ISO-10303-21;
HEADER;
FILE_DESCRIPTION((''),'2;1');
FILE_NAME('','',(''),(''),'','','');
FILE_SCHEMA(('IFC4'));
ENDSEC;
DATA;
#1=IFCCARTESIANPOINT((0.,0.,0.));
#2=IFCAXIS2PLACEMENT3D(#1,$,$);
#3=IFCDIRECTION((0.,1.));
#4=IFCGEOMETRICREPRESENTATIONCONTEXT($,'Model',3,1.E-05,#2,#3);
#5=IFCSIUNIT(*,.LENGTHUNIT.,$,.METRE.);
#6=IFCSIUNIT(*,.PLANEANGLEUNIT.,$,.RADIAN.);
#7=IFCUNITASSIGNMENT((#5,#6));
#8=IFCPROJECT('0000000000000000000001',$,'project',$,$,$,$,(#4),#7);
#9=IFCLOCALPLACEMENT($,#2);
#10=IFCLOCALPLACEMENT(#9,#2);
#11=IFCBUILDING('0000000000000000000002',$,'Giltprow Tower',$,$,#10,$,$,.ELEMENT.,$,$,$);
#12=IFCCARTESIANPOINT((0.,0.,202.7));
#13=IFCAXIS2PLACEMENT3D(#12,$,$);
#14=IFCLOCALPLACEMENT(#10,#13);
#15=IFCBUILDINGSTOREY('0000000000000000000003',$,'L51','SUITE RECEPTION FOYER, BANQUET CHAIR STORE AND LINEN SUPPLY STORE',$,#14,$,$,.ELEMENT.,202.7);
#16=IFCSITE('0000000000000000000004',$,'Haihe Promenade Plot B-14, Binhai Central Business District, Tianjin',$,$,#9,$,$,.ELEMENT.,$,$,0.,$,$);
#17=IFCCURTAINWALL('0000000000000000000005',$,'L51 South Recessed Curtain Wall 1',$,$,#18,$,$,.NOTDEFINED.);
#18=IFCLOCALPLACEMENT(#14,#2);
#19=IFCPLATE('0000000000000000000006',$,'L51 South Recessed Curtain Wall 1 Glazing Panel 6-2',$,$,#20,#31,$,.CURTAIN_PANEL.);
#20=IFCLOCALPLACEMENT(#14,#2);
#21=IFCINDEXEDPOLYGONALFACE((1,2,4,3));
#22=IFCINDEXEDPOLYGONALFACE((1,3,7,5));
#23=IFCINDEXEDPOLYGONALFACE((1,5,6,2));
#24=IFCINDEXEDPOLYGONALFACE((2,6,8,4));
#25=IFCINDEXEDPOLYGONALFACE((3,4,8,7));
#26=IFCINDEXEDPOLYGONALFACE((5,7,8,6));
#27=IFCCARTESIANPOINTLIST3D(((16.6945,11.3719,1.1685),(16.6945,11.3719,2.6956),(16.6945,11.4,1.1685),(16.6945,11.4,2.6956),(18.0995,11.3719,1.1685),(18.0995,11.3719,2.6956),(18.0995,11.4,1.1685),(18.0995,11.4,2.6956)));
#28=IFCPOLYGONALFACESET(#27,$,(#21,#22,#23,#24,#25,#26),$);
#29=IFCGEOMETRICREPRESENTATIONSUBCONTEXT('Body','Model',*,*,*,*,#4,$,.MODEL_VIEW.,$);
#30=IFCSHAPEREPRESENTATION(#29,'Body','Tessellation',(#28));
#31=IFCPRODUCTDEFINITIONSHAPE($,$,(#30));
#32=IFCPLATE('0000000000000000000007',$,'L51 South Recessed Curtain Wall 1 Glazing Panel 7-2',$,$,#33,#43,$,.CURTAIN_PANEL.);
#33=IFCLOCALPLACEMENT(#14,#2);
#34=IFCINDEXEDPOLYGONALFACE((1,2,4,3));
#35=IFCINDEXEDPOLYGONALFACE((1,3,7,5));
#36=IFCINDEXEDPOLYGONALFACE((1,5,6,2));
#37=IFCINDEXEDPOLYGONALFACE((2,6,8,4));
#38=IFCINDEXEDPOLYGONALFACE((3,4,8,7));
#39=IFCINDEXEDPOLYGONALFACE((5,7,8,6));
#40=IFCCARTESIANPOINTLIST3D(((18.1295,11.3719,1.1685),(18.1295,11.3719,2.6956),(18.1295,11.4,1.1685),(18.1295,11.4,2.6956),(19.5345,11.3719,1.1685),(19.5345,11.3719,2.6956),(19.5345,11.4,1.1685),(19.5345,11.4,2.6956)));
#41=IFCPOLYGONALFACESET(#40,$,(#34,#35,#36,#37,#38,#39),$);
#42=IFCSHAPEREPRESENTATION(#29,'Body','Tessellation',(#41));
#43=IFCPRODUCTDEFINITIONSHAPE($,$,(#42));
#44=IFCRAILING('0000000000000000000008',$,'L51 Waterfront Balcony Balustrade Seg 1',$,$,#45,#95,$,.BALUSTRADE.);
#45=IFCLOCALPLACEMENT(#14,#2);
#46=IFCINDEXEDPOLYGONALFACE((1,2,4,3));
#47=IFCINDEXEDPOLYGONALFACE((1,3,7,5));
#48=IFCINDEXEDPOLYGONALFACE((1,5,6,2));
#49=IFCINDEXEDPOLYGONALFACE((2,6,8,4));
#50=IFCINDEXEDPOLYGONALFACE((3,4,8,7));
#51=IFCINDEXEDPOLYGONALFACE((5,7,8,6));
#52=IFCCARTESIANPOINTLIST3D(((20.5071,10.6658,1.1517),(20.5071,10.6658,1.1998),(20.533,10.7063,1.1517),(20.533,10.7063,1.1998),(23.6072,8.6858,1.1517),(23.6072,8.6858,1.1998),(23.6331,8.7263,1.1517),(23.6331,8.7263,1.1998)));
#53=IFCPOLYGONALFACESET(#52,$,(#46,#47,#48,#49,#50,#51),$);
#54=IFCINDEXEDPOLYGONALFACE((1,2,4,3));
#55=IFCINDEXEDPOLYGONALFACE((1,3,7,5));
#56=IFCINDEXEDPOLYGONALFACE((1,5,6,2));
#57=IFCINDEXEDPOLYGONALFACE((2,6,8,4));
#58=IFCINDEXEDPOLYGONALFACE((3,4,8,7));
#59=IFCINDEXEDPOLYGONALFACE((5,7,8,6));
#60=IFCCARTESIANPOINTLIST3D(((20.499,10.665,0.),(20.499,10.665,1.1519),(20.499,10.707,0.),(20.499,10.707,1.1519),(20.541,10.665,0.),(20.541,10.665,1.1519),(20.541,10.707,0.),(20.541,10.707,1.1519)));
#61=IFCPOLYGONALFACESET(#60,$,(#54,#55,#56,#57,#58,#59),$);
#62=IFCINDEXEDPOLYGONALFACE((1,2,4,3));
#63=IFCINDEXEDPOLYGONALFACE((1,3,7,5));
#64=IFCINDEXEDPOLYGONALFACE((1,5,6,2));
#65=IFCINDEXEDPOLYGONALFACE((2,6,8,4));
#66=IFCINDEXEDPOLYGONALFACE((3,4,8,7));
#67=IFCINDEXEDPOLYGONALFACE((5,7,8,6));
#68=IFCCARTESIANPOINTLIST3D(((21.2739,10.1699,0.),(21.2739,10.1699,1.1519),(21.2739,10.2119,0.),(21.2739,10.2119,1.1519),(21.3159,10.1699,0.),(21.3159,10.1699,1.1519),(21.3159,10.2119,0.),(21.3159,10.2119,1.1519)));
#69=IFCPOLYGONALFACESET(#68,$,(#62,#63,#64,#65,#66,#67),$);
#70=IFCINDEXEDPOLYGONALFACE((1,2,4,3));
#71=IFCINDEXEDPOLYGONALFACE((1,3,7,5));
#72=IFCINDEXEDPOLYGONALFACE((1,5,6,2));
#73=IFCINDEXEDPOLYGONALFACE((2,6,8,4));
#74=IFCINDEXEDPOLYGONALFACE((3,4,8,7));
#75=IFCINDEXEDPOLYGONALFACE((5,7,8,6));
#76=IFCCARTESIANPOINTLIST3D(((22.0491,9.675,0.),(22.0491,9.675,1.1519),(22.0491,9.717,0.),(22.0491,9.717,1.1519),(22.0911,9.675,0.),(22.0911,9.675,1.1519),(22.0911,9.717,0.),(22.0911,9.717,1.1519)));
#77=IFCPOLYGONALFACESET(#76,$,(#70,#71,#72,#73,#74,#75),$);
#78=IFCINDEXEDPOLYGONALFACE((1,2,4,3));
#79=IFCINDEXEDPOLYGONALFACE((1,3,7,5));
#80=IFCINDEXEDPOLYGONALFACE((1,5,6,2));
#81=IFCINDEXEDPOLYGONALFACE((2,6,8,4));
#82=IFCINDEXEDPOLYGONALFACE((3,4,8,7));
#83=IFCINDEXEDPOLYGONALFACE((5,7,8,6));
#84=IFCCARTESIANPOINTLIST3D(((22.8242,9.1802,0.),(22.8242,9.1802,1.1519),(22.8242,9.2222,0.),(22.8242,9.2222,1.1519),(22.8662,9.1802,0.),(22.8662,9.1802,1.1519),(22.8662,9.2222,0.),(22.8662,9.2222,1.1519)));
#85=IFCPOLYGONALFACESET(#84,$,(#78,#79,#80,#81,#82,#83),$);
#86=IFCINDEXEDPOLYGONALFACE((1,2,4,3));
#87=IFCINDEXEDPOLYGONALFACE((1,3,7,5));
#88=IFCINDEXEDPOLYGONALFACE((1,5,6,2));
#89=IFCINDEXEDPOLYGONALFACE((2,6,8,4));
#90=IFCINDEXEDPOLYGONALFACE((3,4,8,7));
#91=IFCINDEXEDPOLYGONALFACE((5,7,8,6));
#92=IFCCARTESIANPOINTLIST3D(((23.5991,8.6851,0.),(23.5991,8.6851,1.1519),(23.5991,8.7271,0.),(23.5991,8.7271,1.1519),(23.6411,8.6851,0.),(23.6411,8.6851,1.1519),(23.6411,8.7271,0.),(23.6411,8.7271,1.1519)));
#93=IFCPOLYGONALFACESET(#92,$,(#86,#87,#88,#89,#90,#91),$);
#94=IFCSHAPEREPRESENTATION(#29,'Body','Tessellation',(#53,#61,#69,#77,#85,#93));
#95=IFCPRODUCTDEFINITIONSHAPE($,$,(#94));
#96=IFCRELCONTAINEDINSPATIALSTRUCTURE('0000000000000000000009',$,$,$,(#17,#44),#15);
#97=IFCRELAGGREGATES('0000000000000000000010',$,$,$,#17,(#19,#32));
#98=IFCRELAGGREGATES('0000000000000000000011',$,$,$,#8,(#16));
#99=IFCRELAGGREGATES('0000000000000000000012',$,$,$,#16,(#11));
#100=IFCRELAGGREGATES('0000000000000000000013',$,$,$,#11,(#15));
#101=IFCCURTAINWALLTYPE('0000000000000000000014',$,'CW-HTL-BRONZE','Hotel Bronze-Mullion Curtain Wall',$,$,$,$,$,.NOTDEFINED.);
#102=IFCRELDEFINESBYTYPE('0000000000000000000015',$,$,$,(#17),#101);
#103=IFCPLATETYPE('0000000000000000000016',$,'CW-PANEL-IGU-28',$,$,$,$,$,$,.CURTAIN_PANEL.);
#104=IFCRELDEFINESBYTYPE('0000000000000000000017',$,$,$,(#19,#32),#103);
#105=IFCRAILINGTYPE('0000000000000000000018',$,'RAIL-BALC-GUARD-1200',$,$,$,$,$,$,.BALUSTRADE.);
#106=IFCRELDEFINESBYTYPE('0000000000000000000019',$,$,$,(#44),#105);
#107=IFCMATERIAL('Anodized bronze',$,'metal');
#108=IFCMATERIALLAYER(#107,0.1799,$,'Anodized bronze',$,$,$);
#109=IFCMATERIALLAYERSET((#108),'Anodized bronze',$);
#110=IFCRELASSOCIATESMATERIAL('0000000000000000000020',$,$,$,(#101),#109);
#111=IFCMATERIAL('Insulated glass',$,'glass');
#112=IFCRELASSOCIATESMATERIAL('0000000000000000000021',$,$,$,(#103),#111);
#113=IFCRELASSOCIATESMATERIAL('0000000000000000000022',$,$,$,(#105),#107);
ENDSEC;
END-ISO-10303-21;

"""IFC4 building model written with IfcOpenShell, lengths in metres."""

from ifc_helpers import new_model, si_unit, direction, frame, origin, origin_2d, place, context, subcontext, project, spatial, rectangle, extrude, source, transform, mapped, material, layer, layer_set, type_object, element, aggregate, save


model = new_model("IFC4")

# Units and contexts
model_context = context("Model", 3, precision=1e-05, world=origin(), true_north=direction((0.0, 1.0)))
body_context = subcontext(model_context, "Body", "Model", "MODEL_VIEW")
ifc_project = project(units=[si_unit("LENGTHUNIT", "METRE"), si_unit("PLANEANGLEUNIT", "RADIAN")], contexts=[model_context])

# Site, building, storey
site_placement = place(None, origin())
site = spatial("IfcSite", under=ifc_project, at=site_placement, Name="Haihe Promenade Plot B-14, Binhai Central Business District, Tianjin", CompositionType="ELEMENT", RefElevation=0.0)
building_placement = place(site_placement, origin())
building = spatial("IfcBuilding", under=site, at=building_placement, Name="Giltprow Tower", CompositionType="ELEMENT")
storey_placement = place(building_placement, frame((0.0, 0.0, 202.7)))
storey = spatial("IfcBuildingStorey", under=building, at=storey_placement, Name="L51", Description="SUITE RECEPTION FOYER, BANQUET CHAIR STORE AND LINEN SUPPLY STORE", CompositionType="ELEMENT", Elevation=202.7)

# Curtain wall, plates
ifc_material_1 = material(Name="Anodized bronze", Category="metal")
ifc_layer = layer(ifc_material_1, 0.1799, Name="Anodized bronze")
ifc_layer_set = layer_set([ifc_layer], Name="Anodized bronze")
curtain_wall_type = type_object("IfcCurtainWallType", Name="CW-HTL-BRONZE", Description="Hotel Bronze-Mullion Curtain Wall", PredefinedType="NOTDEFINED", material=ifc_layer_set)
curtain_wall_placement = place(storey_placement, origin())
curtain_wall = element("IfcCurtainWall", 1, at=curtain_wall_placement, inside=storey, type_object=curtain_wall_type, Name="L51 South Recessed Curtain Wall 1", PredefinedType="NOTDEFINED")
ifc_material_2 = material(Name="Insulated glass", Category="glass")
plate_type = type_object("IfcPlateType", Name="CW-PANEL-IGU-28", PredefinedType="CURTAIN_PANEL", material=ifc_material_2)
shared_shape_1 = source(origin(), body_context, "Body", "SweptSolid", [
    extrude(rectangle(XDim=1.405, YDim=0.0281, at=origin_2d()), origin(), (0.0, 0.0, 1.0), 1.5271),
])
plate_1_placement = place(storey_placement, frame((17.397, 11.386, 1.1685), z_axis=(0.0, 0.0, 1.0), x_axis=(1.0, 0.0, 0.0)))
plate_1 = element("IfcPlate", 2, at=plate_1_placement, type_object=plate_type, Name="L51 South Recessed Curtain Wall 1 Glazing Panel 6-2", PredefinedType="CURTAIN_PANEL", context=body_context, shape_type="MappedRepresentation", body=[
    mapped(shared_shape_1, transform((0.0, 0.0, 0.0), x_axis=(1.0, 0.0, 0.0), y_axis=(0.0, 1.0, 0.0), z_axis=(0.0, 0.0, 1.0), scale=1.0)),
])
plate_2_placement = place(storey_placement, frame((18.832, 11.386, 1.1685), z_axis=(0.0, 0.0, 1.0), x_axis=(1.0, 0.0, 0.0)))
plate_2 = element("IfcPlate", 3, at=plate_2_placement, type_object=plate_type, Name="L51 South Recessed Curtain Wall 1 Glazing Panel 7-2", PredefinedType="CURTAIN_PANEL", context=body_context, shape_type="MappedRepresentation", body=[
    mapped(shared_shape_1, transform((0.0, 0.0, 0.0), x_axis=(1.0, 0.0, 0.0), y_axis=(0.0, 1.0, 0.0), z_axis=(0.0, 0.0, 1.0), scale=1.0)),
])
aggregate(curtain_wall, [plate_1, plate_2])

# Railing
railing_type = type_object("IfcRailingType", Name="RAIL-BALC-GUARD-1200", PredefinedType="BALUSTRADE", material=ifc_material_1)
railing_1_placement = place(storey_placement, frame((20.52, 10.686, 0.0)))
element("IfcRailing", 4, at=railing_1_placement, inside=storey, type_object=railing_type, Name="L51 Waterfront Balcony Balustrade Seg 1", PredefinedType="BALUSTRADE", context=body_context, shape_type="SweptSolid", body=[
    extrude(rectangle(XDim=0.0481, YDim=0.0481, at=origin_2d()), frame((0.0, 0.0, 1.1758), z_axis=(0.842775, -0.538266, 0.0), x_axis=(0.538266, 0.842775, 0.0)), (0.0, 0.0, 1.0), 3.6785),
    extrude(rectangle(XDim=0.042, YDim=0.042, at=origin_2d()), origin(), (0.0, 0.0, 1.0), 1.1519),
    extrude(rectangle(XDim=0.042, YDim=0.042, at=origin_2d()), frame((0.7749, -0.4951, 0.0)), (0.0, 0.0, 1.0), 1.1519),
    extrude(rectangle(XDim=0.042, YDim=0.042, at=origin_2d()), frame((1.55, -0.99, 0.0)), (0.0, 0.0, 1.0), 1.1519),
    extrude(rectangle(XDim=0.042, YDim=0.042, at=origin_2d()), frame((2.3252, -1.4849, 0.0)), (0.0, 0.0, 1.0), 1.1519),
    extrude(rectangle(XDim=0.042, YDim=0.042, at=origin_2d()), frame((3.1001, -1.98, 0.0)), (0.0, 0.0, 1.0), 1.1519),
])

save(model, "model.ifc")
